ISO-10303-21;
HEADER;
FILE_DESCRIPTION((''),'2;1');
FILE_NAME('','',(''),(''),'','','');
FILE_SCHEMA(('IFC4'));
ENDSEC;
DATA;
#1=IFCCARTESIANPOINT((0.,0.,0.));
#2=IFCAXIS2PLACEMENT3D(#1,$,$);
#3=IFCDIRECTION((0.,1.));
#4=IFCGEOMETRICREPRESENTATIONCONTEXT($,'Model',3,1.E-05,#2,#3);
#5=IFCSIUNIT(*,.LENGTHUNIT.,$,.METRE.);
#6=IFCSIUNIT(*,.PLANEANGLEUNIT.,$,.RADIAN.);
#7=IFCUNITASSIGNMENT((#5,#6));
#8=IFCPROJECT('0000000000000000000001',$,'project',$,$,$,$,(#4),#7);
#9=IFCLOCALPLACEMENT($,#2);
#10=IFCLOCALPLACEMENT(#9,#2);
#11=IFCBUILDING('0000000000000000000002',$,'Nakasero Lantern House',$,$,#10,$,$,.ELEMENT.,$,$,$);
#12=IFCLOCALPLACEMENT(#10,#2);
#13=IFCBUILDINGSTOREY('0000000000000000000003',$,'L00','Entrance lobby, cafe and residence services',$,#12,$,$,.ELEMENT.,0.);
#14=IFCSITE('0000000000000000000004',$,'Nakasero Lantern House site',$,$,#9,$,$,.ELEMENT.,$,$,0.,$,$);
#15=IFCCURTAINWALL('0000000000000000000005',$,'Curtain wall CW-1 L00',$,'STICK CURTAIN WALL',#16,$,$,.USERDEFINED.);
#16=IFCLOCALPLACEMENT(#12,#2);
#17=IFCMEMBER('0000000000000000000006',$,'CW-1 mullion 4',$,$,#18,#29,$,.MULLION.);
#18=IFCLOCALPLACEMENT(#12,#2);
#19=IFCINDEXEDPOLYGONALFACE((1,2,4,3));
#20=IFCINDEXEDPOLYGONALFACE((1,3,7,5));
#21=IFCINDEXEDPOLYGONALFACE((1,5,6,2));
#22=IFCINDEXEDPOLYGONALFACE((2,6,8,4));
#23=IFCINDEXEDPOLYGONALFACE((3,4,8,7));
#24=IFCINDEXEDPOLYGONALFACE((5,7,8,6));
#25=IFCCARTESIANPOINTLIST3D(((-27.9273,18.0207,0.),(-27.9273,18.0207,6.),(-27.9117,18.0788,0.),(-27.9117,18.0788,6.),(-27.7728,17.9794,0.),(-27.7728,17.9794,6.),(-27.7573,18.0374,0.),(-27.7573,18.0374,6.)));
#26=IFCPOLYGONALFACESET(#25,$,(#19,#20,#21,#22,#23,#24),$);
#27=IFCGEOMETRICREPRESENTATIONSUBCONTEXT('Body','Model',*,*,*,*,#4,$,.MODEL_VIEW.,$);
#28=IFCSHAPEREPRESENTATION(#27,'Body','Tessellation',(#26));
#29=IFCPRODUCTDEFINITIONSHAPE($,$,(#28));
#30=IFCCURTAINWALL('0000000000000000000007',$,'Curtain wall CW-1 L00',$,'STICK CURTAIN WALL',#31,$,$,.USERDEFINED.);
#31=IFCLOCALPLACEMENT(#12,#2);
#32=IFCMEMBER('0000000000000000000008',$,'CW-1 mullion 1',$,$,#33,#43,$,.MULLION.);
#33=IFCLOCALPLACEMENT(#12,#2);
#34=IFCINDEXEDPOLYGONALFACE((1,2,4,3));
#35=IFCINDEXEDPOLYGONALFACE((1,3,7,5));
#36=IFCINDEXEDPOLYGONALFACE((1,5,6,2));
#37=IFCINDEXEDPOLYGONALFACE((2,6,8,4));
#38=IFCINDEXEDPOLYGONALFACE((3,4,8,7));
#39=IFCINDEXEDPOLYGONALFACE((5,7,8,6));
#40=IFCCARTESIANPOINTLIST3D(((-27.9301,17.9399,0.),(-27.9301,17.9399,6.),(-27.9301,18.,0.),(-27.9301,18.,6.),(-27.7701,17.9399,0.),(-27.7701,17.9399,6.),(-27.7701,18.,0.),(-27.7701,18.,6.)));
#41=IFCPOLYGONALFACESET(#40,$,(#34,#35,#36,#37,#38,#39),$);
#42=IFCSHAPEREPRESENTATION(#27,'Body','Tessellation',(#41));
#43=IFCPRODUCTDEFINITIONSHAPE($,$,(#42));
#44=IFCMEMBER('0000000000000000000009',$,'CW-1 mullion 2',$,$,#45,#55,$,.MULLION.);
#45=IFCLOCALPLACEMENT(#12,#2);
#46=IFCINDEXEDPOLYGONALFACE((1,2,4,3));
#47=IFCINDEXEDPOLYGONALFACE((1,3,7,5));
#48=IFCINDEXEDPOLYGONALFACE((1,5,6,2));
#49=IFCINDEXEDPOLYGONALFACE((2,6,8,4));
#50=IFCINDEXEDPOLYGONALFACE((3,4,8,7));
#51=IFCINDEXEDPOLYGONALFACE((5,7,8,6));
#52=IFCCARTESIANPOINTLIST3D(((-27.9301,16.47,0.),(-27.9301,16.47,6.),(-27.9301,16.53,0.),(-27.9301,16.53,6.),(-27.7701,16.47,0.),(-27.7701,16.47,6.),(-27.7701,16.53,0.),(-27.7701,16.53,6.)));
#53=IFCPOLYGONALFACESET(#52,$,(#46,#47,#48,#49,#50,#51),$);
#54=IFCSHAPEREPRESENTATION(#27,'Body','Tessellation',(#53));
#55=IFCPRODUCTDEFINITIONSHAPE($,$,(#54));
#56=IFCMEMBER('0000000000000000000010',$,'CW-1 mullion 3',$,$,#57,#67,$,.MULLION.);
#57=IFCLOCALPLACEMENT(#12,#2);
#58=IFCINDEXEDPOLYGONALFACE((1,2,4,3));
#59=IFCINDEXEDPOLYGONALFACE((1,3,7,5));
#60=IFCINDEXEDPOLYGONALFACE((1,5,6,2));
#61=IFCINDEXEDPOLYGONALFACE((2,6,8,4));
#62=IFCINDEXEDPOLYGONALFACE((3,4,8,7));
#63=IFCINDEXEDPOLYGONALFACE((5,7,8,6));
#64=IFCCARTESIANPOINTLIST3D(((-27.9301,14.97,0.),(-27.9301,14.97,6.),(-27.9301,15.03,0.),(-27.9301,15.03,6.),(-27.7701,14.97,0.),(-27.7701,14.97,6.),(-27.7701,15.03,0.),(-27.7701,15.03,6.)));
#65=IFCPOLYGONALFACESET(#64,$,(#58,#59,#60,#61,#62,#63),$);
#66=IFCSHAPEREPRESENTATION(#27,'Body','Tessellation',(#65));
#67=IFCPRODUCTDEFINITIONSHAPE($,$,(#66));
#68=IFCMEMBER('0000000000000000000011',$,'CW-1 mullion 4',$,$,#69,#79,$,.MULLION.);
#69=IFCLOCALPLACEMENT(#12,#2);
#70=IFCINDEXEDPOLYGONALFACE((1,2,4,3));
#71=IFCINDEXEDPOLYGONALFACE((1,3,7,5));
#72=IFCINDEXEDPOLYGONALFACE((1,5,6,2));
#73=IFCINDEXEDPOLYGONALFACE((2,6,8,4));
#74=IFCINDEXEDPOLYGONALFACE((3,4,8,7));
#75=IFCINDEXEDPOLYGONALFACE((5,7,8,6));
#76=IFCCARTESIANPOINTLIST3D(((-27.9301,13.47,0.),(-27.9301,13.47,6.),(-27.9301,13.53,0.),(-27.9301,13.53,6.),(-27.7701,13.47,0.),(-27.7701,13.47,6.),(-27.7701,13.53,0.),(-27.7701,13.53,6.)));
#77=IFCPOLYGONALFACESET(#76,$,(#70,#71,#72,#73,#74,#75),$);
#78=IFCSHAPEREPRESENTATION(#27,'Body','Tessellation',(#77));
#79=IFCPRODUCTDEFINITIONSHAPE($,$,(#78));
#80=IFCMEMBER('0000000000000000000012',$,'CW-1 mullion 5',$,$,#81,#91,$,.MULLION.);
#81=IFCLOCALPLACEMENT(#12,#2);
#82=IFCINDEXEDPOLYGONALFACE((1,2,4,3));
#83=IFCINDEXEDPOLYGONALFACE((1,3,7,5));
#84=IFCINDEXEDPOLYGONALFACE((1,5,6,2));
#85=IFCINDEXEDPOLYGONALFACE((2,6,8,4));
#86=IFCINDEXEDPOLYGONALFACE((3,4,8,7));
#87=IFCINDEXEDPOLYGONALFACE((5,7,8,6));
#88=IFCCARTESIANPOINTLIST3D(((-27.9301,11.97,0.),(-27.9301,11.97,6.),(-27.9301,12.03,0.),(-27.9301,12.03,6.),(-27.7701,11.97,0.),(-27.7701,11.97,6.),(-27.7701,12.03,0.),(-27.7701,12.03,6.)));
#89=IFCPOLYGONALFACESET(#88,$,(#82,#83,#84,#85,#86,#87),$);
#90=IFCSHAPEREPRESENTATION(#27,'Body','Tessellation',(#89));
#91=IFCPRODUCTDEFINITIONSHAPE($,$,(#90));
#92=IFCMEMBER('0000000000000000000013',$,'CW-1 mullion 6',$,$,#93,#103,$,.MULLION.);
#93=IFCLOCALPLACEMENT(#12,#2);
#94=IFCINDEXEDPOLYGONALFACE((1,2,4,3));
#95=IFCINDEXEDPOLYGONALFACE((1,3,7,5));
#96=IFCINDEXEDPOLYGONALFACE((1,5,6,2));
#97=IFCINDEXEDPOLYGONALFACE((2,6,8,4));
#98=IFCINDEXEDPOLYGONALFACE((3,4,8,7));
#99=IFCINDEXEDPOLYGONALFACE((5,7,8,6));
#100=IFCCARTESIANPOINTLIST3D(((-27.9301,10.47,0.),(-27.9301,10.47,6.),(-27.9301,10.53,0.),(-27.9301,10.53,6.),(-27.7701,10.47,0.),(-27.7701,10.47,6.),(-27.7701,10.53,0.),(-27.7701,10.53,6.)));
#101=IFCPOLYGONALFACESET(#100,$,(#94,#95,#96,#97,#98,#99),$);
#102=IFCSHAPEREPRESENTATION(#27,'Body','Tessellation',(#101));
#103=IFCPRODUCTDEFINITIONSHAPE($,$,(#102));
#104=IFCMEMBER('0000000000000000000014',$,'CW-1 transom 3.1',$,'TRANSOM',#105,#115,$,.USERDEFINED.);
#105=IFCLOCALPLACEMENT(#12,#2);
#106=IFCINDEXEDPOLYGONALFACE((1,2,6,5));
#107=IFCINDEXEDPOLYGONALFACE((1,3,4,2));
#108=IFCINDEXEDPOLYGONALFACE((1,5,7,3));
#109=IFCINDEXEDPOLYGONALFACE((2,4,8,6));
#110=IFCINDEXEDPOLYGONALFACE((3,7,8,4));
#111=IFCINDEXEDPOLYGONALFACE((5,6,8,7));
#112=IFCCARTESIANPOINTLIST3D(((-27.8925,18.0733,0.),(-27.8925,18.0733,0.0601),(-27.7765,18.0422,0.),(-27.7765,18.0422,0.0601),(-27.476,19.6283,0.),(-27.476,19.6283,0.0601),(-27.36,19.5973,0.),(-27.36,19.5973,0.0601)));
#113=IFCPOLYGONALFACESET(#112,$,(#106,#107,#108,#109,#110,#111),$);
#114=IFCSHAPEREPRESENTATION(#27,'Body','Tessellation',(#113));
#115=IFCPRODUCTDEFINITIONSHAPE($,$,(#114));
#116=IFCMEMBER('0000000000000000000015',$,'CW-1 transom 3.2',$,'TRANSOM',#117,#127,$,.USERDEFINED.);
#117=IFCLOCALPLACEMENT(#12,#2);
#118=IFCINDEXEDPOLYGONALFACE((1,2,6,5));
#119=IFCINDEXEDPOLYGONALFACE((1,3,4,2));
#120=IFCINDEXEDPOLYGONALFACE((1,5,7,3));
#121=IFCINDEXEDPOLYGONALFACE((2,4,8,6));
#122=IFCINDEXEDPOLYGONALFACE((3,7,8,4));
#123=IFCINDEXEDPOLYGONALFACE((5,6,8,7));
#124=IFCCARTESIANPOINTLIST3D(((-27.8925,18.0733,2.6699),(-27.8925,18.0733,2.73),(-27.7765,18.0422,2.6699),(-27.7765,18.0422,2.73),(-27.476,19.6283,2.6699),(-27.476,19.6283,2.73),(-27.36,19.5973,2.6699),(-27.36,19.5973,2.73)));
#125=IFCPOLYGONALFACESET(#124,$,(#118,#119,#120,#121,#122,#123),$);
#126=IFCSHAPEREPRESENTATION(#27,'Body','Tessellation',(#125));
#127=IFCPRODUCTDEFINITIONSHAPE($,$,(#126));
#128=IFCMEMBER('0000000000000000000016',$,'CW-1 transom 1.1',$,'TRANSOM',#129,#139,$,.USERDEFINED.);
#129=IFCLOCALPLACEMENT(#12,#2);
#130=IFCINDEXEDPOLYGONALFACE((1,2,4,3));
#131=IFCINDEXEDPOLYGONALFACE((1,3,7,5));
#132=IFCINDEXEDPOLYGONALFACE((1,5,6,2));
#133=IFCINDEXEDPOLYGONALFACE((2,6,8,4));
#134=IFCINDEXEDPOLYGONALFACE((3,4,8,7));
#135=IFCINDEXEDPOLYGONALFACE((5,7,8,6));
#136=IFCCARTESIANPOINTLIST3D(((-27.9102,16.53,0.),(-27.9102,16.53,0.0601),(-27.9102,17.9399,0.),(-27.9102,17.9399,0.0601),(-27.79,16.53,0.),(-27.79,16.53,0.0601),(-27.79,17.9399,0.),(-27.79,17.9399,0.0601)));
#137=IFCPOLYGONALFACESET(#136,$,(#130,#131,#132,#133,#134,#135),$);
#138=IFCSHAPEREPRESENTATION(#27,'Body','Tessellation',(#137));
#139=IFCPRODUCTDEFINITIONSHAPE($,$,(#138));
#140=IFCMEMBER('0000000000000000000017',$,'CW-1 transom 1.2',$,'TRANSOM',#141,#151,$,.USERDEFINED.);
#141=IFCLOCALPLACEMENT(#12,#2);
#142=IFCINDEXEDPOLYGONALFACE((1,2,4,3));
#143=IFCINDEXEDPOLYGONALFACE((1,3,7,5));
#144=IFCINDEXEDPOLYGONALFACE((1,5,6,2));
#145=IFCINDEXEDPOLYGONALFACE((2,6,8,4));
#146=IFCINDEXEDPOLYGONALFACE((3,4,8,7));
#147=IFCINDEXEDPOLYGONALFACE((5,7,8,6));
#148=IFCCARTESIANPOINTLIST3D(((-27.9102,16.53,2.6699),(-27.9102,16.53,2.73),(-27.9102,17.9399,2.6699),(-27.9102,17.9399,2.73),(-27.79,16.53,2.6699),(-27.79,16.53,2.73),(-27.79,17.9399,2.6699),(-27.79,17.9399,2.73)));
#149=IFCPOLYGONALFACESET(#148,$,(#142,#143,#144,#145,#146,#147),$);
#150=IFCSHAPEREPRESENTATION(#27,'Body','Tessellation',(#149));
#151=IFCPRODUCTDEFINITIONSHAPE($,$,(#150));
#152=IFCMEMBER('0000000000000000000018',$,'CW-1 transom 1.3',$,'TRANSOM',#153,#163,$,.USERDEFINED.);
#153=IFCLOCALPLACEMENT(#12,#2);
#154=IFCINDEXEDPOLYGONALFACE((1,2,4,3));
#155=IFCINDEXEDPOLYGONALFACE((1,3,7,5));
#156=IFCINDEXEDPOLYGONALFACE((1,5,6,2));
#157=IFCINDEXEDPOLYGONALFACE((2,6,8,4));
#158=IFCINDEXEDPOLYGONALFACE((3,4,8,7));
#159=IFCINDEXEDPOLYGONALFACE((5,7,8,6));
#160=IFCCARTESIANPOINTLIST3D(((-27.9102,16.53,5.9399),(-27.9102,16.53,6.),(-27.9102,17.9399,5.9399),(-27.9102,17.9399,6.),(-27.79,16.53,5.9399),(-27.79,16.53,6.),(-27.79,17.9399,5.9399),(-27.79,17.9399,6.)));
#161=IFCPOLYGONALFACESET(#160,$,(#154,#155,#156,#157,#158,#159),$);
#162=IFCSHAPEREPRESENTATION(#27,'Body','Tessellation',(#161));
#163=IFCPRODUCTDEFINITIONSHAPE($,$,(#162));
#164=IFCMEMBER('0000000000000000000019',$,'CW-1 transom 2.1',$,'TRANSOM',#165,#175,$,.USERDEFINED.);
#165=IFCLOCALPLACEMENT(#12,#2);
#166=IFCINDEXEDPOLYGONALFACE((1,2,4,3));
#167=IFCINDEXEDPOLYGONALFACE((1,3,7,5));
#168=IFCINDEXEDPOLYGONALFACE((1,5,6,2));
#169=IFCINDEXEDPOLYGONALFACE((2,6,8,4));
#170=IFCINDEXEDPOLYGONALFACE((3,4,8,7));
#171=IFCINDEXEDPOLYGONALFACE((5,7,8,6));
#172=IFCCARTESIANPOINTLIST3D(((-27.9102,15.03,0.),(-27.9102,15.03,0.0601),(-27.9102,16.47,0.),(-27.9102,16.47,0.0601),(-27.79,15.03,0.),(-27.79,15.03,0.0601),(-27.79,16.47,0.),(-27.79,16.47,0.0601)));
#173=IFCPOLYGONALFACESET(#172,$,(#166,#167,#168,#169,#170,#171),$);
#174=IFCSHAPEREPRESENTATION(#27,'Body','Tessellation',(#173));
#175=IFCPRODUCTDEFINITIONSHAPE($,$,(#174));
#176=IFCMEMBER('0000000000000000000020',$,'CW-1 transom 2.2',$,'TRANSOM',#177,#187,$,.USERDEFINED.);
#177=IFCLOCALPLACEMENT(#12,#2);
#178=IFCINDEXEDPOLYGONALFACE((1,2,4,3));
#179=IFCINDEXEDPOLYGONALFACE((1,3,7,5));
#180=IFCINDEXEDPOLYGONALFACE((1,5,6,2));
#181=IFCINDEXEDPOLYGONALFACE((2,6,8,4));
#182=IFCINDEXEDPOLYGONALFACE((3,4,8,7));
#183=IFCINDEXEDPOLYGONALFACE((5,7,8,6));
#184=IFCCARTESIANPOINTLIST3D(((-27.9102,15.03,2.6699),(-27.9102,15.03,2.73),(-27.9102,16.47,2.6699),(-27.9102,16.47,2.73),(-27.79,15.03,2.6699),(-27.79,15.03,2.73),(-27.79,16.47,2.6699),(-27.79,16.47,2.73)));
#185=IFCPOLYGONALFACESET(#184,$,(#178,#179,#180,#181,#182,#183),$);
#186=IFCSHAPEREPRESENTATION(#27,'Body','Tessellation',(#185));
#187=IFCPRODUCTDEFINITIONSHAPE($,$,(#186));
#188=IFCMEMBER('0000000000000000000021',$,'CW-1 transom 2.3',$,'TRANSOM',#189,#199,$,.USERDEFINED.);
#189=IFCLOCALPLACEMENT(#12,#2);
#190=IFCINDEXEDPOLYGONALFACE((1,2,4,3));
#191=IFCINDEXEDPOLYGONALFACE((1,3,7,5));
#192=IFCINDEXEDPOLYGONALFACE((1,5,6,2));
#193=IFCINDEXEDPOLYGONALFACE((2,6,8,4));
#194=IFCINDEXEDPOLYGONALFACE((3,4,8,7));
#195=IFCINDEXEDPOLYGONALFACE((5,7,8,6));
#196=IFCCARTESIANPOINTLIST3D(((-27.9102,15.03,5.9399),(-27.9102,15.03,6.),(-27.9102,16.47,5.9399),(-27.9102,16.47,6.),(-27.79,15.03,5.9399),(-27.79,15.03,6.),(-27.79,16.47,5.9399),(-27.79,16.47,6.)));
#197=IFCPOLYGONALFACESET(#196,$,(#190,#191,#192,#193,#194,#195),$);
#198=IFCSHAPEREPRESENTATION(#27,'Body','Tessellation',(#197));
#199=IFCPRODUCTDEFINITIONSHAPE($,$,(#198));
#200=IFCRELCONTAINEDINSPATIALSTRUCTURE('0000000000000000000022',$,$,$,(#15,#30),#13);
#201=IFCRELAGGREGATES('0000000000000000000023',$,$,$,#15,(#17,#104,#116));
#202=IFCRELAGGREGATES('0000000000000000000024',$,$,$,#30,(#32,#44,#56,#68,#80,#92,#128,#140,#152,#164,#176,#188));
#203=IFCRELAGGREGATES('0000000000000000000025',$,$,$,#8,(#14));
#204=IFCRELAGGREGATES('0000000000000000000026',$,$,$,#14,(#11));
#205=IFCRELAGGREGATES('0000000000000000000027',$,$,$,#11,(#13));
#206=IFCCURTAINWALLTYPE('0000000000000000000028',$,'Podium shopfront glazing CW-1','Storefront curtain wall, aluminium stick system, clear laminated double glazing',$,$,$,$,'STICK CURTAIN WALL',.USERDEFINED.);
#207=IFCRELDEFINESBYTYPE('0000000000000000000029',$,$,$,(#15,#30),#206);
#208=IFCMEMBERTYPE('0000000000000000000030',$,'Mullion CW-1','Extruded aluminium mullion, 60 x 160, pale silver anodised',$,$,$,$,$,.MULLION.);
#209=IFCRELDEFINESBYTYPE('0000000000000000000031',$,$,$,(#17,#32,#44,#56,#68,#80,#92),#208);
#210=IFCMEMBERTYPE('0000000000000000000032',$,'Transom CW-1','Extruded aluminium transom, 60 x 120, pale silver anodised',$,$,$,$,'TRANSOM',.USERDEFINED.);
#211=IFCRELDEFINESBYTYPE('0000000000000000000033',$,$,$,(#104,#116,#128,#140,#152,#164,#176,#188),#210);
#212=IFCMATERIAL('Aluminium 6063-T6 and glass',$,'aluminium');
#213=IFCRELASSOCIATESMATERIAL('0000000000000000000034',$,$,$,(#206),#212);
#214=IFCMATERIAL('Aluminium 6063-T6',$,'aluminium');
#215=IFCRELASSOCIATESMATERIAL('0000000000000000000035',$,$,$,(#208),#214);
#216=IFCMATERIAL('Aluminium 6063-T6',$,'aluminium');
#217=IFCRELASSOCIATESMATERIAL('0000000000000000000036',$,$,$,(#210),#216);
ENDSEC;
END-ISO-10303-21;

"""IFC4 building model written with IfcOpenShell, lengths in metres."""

from ifc_helpers import new_model, si_unit, direction, frame, origin, origin_2d, place, context, subcontext, project, spatial, rectangle, extrude, material, material_profile, profile_set, type_object, element, aggregate, save


model = new_model("IFC4")

# Units and contexts
model_context = context("Model", 3, precision=1e-05, world=origin(), true_north=direction((0.0, 1.0)))
body_context = subcontext(model_context, "Body", "Model", "MODEL_VIEW")
ifc_project = project(units=[si_unit("LENGTHUNIT", "METRE"), si_unit("PLANEANGLEUNIT", "RADIAN")], contexts=[model_context])

# Site, building, storey
site_placement = place(None, origin())
site = spatial("IfcSite", under=ifc_project, at=site_placement, Name="Nakasero Lantern House site", CompositionType="ELEMENT", RefElevation=0.0)
building_placement = place(site_placement, origin())
building = spatial("IfcBuilding", under=site, at=building_placement, Name="Nakasero Lantern House", CompositionType="ELEMENT")
storey_placement = place(building_placement, origin())
storey = spatial("IfcBuildingStorey", under=building, at=storey_placement, Name="L00", Description="Entrance lobby, cafe and residence services", CompositionType="ELEMENT", Elevation=0.0)

# Curtain wall, member
ifc_material_1 = material(Name="Aluminium 6063-T6 and glass", Category="aluminium")
curtain_wall_type = type_object("IfcCurtainWallType", Name="Podium shopfront glazing CW-1", Description="Storefront curtain wall, aluminium stick system, clear laminated double glazing", ElementType="STICK CURTAIN WALL", PredefinedType="USERDEFINED", material=ifc_material_1)
curtain_wall_1_placement = place(storey_placement, origin())
curtain_wall_1 = element("IfcCurtainWall", 1, at=curtain_wall_1_placement, inside=storey, type_object=curtain_wall_type, Name="Curtain wall CW-1 L00", ObjectType="STICK CURTAIN WALL", PredefinedType="USERDEFINED")
ifc_material_2 = material(Name="Aluminium 6063-T6", Category="aluminium")
ifc_material_profile_1 = material_profile(ifc_material_2, rectangle(XDim=0.0601, YDim=0.1599, at=origin_2d()), Name="CW-1 mullion 60x160")
ifc_profile_set_1 = profile_set([ifc_material_profile_1], Name="Aluminium 6063-T6")
member_type_1 = type_object("IfcMemberType", Name="Mullion CW-1", Description="Extruded aluminium mullion, 60 x 160, pale silver anodised", PredefinedType="MULLION", material=ifc_profile_set_1)
member_1_placement = place(storey_placement, frame((-27.8423, 18.0291, 0.0), z_axis=(0.0, 0.0, 1.0), x_axis=(-0.258819, -0.965926, 0.0)))
member_1 = element("IfcMember", 2, at=member_1_placement, type_object=member_type_1, Name="CW-1 mullion 4", PredefinedType="MULLION", context=body_context, shape_type="SweptSolid", body=[
    extrude(rectangle(XDim=0.0601, YDim=0.1599, at=origin_2d()), origin(), (0.0, 0.0, 1.0), 6.0),
])

# Curtain wall, members
curtain_wall_2_placement = place(storey_placement, origin())
curtain_wall_2 = element("IfcCurtainWall", 3, at=curtain_wall_2_placement, inside=storey, type_object=curtain_wall_type, Name="Curtain wall CW-1 L00", ObjectType="STICK CURTAIN WALL", PredefinedType="USERDEFINED")
member_2_placement = place(storey_placement, frame((-27.8501, 17.97, 0.0), z_axis=(0.0, 0.0, 1.0), x_axis=(0.0, -1.0, 0.0)))
member_2 = element("IfcMember", 4, at=member_2_placement, type_object=member_type_1, Name="CW-1 mullion 1", PredefinedType="MULLION", context=body_context, shape_type="SweptSolid", body=[
    extrude(rectangle(XDim=0.0601, YDim=0.1599, at=origin_2d()), origin(), (0.0, 0.0, 1.0), 6.0),
])
member_3_placement = place(storey_placement, frame((-27.8501, 16.5, 0.0), z_axis=(0.0, 0.0, 1.0), x_axis=(0.0, -1.0, 0.0)))
member_3 = element("IfcMember", 5, at=member_3_placement, type_object=member_type_1, Name="CW-1 mullion 2", PredefinedType="MULLION", context=body_context, shape_type="SweptSolid", body=[
    extrude(rectangle(XDim=0.0601, YDim=0.1599, at=origin_2d()), origin(), (0.0, 0.0, 1.0), 6.0),
])
member_4_placement = place(storey_placement, frame((-27.8501, 15.0, 0.0), z_axis=(0.0, 0.0, 1.0), x_axis=(0.0, -1.0, 0.0)))
member_4 = element("IfcMember", 6, at=member_4_placement, type_object=member_type_1, Name="CW-1 mullion 3", PredefinedType="MULLION", context=body_context, shape_type="SweptSolid", body=[
    extrude(rectangle(XDim=0.0601, YDim=0.1599, at=origin_2d()), origin(), (0.0, 0.0, 1.0), 6.0),
])
member_5_placement = place(storey_placement, frame((-27.8501, 13.5, 0.0), z_axis=(0.0, 0.0, 1.0), x_axis=(0.0, -1.0, 0.0)))
member_5 = element("IfcMember", 7, at=member_5_placement, type_object=member_type_1, Name="CW-1 mullion 4", PredefinedType="MULLION", context=body_context, shape_type="SweptSolid", body=[
    extrude(rectangle(XDim=0.0601, YDim=0.1599, at=origin_2d()), origin(), (0.0, 0.0, 1.0), 6.0),
])
member_6_placement = place(storey_placement, frame((-27.8501, 12.0, 0.0), z_axis=(0.0, 0.0, 1.0), x_axis=(0.0, -1.0, 0.0)))
member_6 = element("IfcMember", 8, at=member_6_placement, type_object=member_type_1, Name="CW-1 mullion 5", PredefinedType="MULLION", context=body_context, shape_type="SweptSolid", body=[
    extrude(rectangle(XDim=0.0601, YDim=0.1599, at=origin_2d()), origin(), (0.0, 0.0, 1.0), 6.0),
])
member_7_placement = place(storey_placement, frame((-27.8501, 10.5, 0.0), z_axis=(0.0, 0.0, 1.0), x_axis=(0.0, -1.0, 0.0)))
member_7 = element("IfcMember", 9, at=member_7_placement, type_object=member_type_1, Name="CW-1 mullion 6", PredefinedType="MULLION", context=body_context, shape_type="SweptSolid", body=[
    extrude(rectangle(XDim=0.0601, YDim=0.1599, at=origin_2d()), origin(), (0.0, 0.0, 1.0), 6.0),
])

# Members
ifc_material_3 = material(Name="Aluminium 6063-T6", Category="aluminium")
ifc_material_profile_2 = material_profile(ifc_material_3, rectangle(XDim=0.0601, YDim=0.1201, at=origin_2d()), Name="CW-1 transom 60x120")
ifc_profile_set_2 = profile_set([ifc_material_profile_2], Name="Aluminium 6063-T6")
member_type_2 = type_object("IfcMemberType", Name="Transom CW-1", Description="Extruded aluminium transom, 60 x 120, pale silver anodised", ElementType="TRANSOM", PredefinedType="USERDEFINED", material=ifc_profile_set_2)
member_8_placement = place(storey_placement, frame((-27.418, 19.6128, 0.03), z_axis=(-0.258739, -0.965947, 0.0), x_axis=(0.0, 0.0, 1.0)))
member_8 = element("IfcMember", 10, at=member_8_placement, type_object=member_type_2, Name="CW-1 transom 3.1", ObjectType="TRANSOM", PredefinedType="USERDEFINED", context=body_context, shape_type="SweptSolid", body=[
    extrude(rectangle(XDim=0.0601, YDim=0.1201, at=origin_2d()), origin(), (0.0, 0.0, 1.0), 1.6099),
])
member_9_placement = place(storey_placement, frame((-27.418, 19.6128, 2.7), z_axis=(-0.258739, -0.965947, 0.0), x_axis=(0.0, 0.0, 1.0)))
member_9 = element("IfcMember", 11, at=member_9_placement, type_object=member_type_2, Name="CW-1 transom 3.2", ObjectType="TRANSOM", PredefinedType="USERDEFINED", context=body_context, shape_type="SweptSolid", body=[
    extrude(rectangle(XDim=0.0601, YDim=0.1201, at=origin_2d()), origin(), (0.0, 0.0, 1.0), 1.6099),
])
member_10_placement = place(storey_placement, frame((-27.8501, 17.9399, 0.03), z_axis=(0.0, -1.0, 0.0), x_axis=(0.0, 0.0, 1.0)))
member_10 = element("IfcMember", 12, at=member_10_placement, type_object=member_type_2, Name="CW-1 transom 1.1", ObjectType="TRANSOM", PredefinedType="USERDEFINED", context=body_context, shape_type="SweptSolid", body=[
    extrude(rectangle(XDim=0.0601, YDim=0.1201, at=origin_2d()), origin(), (0.0, 0.0, 1.0), 1.4099),
])
member_11_placement = place(storey_placement, frame((-27.8501, 17.9399, 2.7), z_axis=(0.0, -1.0, 0.0), x_axis=(0.0, 0.0, 1.0)))
member_11 = element("IfcMember", 13, at=member_11_placement, type_object=member_type_2, Name="CW-1 transom 1.2", ObjectType="TRANSOM", PredefinedType="USERDEFINED", context=body_context, shape_type="SweptSolid", body=[
    extrude(rectangle(XDim=0.0601, YDim=0.1201, at=origin_2d()), origin(), (0.0, 0.0, 1.0), 1.4099),
])
member_12_placement = place(storey_placement, frame((-27.8501, 17.9399, 5.97), z_axis=(0.0, -1.0, 0.0), x_axis=(0.0, 0.0, 1.0)))
member_12 = element("IfcMember", 14, at=member_12_placement, type_object=member_type_2, Name="CW-1 transom 1.3", ObjectType="TRANSOM", PredefinedType="USERDEFINED", context=body_context, shape_type="SweptSolid", body=[
    extrude(rectangle(XDim=0.0601, YDim=0.1201, at=origin_2d()), origin(), (0.0, 0.0, 1.0), 1.4099),
])
member_13_placement = place(storey_placement, frame((-27.8501, 16.47, 0.03), z_axis=(0.0, -1.0, 0.0), x_axis=(0.0, 0.0, 1.0)))
member_13 = element("IfcMember", 15, at=member_13_placement, type_object=member_type_2, Name="CW-1 transom 2.1", ObjectType="TRANSOM", PredefinedType="USERDEFINED", context=body_context, shape_type="SweptSolid", body=[
    extrude(rectangle(XDim=0.0601, YDim=0.1201, at=origin_2d()), origin(), (0.0, 0.0, 1.0), 1.4399),
])
member_14_placement = place(storey_placement, frame((-27.8501, 16.47, 2.7), z_axis=(0.0, -1.0, 0.0), x_axis=(0.0, 0.0, 1.0)))
member_14 = element("IfcMember", 16, at=member_14_placement, type_object=member_type_2, Name="CW-1 transom 2.2", ObjectType="TRANSOM", PredefinedType="USERDEFINED", context=body_context, shape_type="SweptSolid", body=[
    extrude(rectangle(XDim=0.0601, YDim=0.1201, at=origin_2d()), origin(), (0.0, 0.0, 1.0), 1.4399),
])
member_15_placement = place(storey_placement, frame((-27.8501, 16.47, 5.97), z_axis=(0.0, -1.0, 0.0), x_axis=(0.0, 0.0, 1.0)))
member_15 = element("IfcMember", 17, at=member_15_placement, type_object=member_type_2, Name="CW-1 transom 2.3", ObjectType="TRANSOM", PredefinedType="USERDEFINED", context=body_context, shape_type="SweptSolid", body=[
    extrude(rectangle(XDim=0.0601, YDim=0.1201, at=origin_2d()), origin(), (0.0, 0.0, 1.0), 1.4399),
])

aggregate(curtain_wall_1, [member_1, member_8, member_9])
aggregate(curtain_wall_2, [member_2, member_3, member_4, member_5, member_6, member_7, member_10, member_11, member_12, member_13, member_14, member_15])

save(model, "model.ifc")
